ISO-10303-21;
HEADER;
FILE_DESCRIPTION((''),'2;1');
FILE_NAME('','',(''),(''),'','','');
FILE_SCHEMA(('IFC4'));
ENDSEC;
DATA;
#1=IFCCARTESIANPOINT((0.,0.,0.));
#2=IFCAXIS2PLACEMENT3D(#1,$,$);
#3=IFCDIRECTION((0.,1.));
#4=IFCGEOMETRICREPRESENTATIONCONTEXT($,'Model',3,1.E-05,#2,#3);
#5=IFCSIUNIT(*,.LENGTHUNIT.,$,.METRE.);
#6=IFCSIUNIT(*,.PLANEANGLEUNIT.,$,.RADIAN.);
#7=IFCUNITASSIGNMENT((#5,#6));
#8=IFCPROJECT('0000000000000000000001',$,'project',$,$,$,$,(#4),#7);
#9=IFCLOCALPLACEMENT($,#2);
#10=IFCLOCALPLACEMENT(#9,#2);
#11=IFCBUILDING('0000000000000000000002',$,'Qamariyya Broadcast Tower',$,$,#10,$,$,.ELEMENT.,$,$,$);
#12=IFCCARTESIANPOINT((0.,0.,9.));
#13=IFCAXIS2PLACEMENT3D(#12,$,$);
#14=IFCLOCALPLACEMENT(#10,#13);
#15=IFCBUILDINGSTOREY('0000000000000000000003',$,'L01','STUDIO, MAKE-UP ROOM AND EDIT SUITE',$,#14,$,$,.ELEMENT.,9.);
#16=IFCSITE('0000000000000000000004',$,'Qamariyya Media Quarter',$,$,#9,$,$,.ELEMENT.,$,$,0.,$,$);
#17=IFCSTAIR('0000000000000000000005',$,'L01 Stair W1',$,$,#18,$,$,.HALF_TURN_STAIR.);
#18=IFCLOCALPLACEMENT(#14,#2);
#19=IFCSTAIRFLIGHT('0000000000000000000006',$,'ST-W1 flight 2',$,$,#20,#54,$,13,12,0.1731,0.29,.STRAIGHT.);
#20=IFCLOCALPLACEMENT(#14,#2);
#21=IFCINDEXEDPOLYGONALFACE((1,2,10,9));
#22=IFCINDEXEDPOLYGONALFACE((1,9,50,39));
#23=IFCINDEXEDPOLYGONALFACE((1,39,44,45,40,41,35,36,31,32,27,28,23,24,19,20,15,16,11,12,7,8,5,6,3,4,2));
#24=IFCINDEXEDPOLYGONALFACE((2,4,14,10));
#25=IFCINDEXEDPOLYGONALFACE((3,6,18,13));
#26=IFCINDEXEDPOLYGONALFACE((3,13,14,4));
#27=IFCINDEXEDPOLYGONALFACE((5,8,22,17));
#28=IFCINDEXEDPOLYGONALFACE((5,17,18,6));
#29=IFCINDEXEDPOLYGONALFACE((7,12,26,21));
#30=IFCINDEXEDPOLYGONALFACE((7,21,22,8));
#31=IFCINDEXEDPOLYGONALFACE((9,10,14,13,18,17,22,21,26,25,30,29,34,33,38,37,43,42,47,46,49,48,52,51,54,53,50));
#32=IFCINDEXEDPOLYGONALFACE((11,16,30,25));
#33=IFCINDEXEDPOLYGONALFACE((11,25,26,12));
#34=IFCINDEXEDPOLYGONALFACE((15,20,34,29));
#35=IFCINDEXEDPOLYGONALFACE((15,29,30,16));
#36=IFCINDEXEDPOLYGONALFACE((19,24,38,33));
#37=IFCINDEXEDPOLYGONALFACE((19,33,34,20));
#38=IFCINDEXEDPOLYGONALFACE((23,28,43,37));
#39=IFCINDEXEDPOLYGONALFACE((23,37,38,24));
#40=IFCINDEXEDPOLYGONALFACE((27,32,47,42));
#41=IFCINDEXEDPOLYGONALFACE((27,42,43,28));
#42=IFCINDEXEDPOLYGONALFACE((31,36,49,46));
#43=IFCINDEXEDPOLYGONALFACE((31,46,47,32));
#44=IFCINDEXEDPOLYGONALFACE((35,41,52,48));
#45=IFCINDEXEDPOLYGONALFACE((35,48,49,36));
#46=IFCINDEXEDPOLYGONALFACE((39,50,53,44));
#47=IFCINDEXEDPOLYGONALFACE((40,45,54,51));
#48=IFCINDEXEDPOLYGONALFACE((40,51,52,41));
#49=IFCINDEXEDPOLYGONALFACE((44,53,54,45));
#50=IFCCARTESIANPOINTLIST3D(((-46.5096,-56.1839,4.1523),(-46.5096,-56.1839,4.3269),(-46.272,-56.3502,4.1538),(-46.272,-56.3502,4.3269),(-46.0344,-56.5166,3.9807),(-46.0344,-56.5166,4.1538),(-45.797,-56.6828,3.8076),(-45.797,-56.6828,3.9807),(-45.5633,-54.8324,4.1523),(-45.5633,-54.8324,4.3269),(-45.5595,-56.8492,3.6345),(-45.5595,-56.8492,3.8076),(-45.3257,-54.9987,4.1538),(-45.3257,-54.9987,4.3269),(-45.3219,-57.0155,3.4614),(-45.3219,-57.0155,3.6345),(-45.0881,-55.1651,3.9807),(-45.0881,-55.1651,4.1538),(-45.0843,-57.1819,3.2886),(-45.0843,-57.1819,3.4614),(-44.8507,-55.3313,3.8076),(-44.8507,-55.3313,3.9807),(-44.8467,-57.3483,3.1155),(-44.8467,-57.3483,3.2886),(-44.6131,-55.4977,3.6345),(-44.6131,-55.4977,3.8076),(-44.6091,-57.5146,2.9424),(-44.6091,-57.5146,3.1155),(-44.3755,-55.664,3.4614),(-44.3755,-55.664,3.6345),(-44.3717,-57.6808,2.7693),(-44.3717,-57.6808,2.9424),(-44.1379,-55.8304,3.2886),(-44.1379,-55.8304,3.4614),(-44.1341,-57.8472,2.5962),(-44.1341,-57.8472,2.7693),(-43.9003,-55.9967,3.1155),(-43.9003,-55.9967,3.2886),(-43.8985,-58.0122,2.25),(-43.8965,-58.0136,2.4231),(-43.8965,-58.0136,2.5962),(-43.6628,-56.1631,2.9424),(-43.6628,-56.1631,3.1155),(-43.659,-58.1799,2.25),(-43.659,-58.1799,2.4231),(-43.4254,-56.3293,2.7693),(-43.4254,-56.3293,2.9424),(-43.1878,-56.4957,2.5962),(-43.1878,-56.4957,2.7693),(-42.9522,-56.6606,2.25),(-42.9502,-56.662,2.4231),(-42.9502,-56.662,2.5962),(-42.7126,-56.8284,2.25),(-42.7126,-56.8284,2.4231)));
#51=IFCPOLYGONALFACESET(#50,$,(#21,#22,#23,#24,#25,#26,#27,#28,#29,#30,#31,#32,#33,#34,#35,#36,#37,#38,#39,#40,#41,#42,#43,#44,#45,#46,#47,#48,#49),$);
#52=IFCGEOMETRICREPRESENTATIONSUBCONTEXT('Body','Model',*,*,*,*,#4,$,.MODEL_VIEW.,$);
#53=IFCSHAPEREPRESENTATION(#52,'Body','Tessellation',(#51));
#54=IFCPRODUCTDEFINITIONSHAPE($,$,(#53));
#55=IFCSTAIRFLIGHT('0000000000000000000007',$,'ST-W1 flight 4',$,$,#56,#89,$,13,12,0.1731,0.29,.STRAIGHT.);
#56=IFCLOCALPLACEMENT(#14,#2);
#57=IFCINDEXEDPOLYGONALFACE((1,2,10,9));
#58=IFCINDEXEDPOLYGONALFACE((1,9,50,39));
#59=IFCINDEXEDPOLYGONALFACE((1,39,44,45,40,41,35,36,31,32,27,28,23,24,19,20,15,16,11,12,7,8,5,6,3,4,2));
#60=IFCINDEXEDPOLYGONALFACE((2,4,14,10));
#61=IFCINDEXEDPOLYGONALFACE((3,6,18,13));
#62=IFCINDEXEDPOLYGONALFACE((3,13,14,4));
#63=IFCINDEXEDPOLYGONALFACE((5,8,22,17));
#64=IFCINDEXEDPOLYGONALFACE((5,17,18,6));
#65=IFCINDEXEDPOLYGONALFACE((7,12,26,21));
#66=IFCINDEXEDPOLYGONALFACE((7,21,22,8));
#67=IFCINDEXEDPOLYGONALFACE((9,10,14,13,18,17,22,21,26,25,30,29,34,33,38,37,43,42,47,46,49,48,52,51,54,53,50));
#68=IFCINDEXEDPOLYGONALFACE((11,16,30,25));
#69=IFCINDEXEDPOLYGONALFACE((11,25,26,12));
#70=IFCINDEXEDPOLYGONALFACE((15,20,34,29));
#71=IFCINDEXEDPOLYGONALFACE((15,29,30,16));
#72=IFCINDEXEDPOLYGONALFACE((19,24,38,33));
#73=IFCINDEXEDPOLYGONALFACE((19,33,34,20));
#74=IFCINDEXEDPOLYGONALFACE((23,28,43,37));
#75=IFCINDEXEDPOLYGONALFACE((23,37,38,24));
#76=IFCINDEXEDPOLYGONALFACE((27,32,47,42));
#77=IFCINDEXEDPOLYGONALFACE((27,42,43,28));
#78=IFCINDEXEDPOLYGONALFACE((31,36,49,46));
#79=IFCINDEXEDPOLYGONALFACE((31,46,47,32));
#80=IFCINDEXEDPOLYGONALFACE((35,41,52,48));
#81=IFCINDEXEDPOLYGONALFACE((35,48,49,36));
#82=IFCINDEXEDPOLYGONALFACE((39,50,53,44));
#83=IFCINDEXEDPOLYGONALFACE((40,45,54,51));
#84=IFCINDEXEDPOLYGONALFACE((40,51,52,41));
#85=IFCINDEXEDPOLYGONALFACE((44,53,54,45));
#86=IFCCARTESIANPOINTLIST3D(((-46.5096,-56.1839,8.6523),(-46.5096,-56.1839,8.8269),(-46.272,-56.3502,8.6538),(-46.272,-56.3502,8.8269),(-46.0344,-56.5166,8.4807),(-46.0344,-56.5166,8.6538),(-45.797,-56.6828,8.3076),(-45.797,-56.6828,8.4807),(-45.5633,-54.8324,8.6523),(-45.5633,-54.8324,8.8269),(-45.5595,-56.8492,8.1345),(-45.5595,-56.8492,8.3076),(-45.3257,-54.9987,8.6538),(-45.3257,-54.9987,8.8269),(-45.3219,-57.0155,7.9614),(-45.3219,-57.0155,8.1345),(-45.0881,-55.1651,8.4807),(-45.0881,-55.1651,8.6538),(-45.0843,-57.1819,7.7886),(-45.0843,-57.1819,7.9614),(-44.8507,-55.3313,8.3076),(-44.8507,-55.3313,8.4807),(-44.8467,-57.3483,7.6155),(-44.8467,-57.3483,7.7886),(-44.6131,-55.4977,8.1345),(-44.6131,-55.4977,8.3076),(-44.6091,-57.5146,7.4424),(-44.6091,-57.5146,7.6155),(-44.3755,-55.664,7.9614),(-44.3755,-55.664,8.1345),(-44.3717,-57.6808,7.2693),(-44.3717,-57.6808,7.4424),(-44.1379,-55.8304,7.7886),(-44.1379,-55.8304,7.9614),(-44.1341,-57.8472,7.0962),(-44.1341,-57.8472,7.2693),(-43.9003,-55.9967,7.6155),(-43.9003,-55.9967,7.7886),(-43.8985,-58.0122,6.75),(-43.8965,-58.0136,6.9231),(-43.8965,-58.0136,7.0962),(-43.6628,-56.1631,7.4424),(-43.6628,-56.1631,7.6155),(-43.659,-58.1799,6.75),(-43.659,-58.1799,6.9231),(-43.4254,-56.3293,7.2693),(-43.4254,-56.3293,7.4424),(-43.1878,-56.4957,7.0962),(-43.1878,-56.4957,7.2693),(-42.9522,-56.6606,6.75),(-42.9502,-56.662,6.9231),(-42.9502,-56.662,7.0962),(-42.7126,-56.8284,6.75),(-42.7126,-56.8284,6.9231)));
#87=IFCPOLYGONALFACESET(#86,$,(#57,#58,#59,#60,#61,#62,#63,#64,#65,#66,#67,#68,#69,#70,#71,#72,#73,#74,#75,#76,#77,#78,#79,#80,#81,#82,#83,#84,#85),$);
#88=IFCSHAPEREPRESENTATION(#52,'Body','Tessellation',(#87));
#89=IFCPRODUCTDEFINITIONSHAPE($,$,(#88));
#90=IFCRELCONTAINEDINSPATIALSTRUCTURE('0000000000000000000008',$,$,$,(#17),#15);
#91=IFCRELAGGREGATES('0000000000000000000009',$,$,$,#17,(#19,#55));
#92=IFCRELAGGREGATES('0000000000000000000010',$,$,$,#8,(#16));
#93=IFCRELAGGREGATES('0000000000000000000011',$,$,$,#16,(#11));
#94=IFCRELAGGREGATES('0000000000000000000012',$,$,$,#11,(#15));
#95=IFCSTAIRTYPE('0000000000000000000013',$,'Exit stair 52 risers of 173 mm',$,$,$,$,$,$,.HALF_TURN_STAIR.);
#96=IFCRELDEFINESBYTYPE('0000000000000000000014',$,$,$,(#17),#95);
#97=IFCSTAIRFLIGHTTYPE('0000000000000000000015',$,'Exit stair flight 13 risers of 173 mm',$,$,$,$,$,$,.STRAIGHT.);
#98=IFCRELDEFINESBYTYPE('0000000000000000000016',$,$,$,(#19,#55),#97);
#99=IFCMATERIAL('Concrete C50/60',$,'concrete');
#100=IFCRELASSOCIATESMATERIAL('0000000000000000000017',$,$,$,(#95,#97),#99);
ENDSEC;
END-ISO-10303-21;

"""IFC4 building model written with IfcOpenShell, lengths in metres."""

from ifc_helpers import new_model, si_unit, direction, frame, origin, place, context, subcontext, project, spatial, polyline, outline, extrude, material, type_object, element, aggregate, save


model = new_model("IFC4")

# Units and contexts
model_context = context("Model", 3, precision=1e-05, world=origin(), true_north=direction((0.0, 1.0)))
body_context = subcontext(model_context, "Body", "Model", "MODEL_VIEW")
ifc_project = project(units=[si_unit("LENGTHUNIT", "METRE"), si_unit("PLANEANGLEUNIT", "RADIAN")], contexts=[model_context])

# Site, building, storey
site_placement = place(None, origin())
site = spatial("IfcSite", under=ifc_project, at=site_placement, Name="Qamariyya Media Quarter", CompositionType="ELEMENT", RefElevation=0.0)
building_placement = place(site_placement, origin())
building = spatial("IfcBuilding", under=site, at=building_placement, Name="Qamariyya Broadcast Tower", CompositionType="ELEMENT")
storey_placement = place(building_placement, frame((0.0, 0.0, 9.0)))
storey = spatial("IfcBuildingStorey", under=building, at=storey_placement, Name="L01", Description="STUDIO, MAKE-UP ROOM AND EDIT SUITE", CompositionType="ELEMENT", Elevation=9.0)

# Stair, stair flights
ifc_material_1 = material(Name="Concrete C50/60", Category="concrete")
stair_type = type_object("IfcStairType", Name="Exit stair 52 risers of 173 mm", PredefinedType="HALF_TURN_STAIR", material=ifc_material_1)
stair_placement = place(storey_placement, origin())
stair = element("IfcStair", 1, at=stair_placement, inside=storey, type_object=stair_type, Name="L01 Stair W1", PredefinedType="HALF_TURN_STAIR")
stair_flight_type = type_object("IfcStairFlightType", Name="Exit stair flight 13 risers of 173 mm", PredefinedType="STRAIGHT", material=ifc_material_1)
stair_flight_1_placement = place(storey_placement, frame((-43.1858, -57.5042, 2.25), z_axis=(0.0, 0.0, 1.0), x_axis=(-0.819152, 0.573576, 0.0)))
stair_flight_1 = element("IfcStairFlight", 2, at=stair_flight_1_placement, type_object=stair_flight_type, Name="ST-W1 flight 2", NumberOfRisers=13, NumberOfTreads=12, PredefinedType="STRAIGHT", RiserHeight=0.1731, TreadLength=0.29, context=body_context, shape_type="SweptSolid", body=[
    extrude(outline(polyline([(0.0, 0.0), (0.0, 0.1731), (0.29, 0.1731), (0.29, 0.3462), (0.5801, 0.3462), (0.5801, 0.5193), (0.8701, 0.5193), (0.8701, 0.6924), (1.1599, 0.6924), (1.1599, 0.8655), (1.45, 0.8655), (1.45, 1.0386), (1.74, 1.0386), (1.74, 1.2114), (2.03, 1.2114), (2.03, 1.3845), (2.3201, 1.3845), (2.3201, 1.5576), (2.6101, 1.5576), (2.6101, 1.7307), (2.8999, 1.7307), (2.8999, 1.9038), (3.1899, 1.9038), (3.1899, 2.0769), (3.48, 2.0769), (3.48, 2.25), (3.48, 1.9023), (0.2925, 0.0), (0.0, 0.0)])), frame((0.0, 0.825, 0.0), z_axis=(0.0, -1.0, 0.0), x_axis=(1.0, 0.0, 0.0)), (0.0, 0.0, 1.0), 1.6499),
])
stair_flight_2_placement = place(storey_placement, frame((-43.1858, -57.5042, 6.75), z_axis=(0.0, 0.0, 1.0), x_axis=(-0.819152, 0.573576, 0.0)))
stair_flight_2 = element("IfcStairFlight", 3, at=stair_flight_2_placement, type_object=stair_flight_type, Name="ST-W1 flight 4", NumberOfRisers=13, NumberOfTreads=12, PredefinedType="STRAIGHT", RiserHeight=0.1731, TreadLength=0.29, context=body_context, shape_type="SweptSolid", body=[
    extrude(outline(polyline([(0.0, 0.0), (0.0, 0.1731), (0.29, 0.1731), (0.29, 0.3462), (0.5801, 0.3462), (0.5801, 0.5193), (0.8701, 0.5193), (0.8701, 0.6924), (1.1599, 0.6924), (1.1599, 0.8655), (1.45, 0.8655), (1.45, 1.0386), (1.74, 1.0386), (1.74, 1.2114), (2.03, 1.2114), (2.03, 1.3845), (2.3201, 1.3845), (2.3201, 1.5576), (2.6101, 1.5576), (2.6101, 1.7307), (2.8999, 1.7307), (2.8999, 1.9038), (3.1899, 1.9038), (3.1899, 2.0769), (3.48, 2.0769), (3.48, 2.25), (3.48, 1.9023), (0.2925, 0.0), (0.0, 0.0)])), frame((0.0, 0.825, 0.0), z_axis=(0.0, -1.0, 0.0), x_axis=(1.0, 0.0, 0.0)), (0.0, 0.0, 1.0), 1.6499),
])
aggregate(stair, [stair_flight_1, stair_flight_2])

save(model, "model.ifc")
